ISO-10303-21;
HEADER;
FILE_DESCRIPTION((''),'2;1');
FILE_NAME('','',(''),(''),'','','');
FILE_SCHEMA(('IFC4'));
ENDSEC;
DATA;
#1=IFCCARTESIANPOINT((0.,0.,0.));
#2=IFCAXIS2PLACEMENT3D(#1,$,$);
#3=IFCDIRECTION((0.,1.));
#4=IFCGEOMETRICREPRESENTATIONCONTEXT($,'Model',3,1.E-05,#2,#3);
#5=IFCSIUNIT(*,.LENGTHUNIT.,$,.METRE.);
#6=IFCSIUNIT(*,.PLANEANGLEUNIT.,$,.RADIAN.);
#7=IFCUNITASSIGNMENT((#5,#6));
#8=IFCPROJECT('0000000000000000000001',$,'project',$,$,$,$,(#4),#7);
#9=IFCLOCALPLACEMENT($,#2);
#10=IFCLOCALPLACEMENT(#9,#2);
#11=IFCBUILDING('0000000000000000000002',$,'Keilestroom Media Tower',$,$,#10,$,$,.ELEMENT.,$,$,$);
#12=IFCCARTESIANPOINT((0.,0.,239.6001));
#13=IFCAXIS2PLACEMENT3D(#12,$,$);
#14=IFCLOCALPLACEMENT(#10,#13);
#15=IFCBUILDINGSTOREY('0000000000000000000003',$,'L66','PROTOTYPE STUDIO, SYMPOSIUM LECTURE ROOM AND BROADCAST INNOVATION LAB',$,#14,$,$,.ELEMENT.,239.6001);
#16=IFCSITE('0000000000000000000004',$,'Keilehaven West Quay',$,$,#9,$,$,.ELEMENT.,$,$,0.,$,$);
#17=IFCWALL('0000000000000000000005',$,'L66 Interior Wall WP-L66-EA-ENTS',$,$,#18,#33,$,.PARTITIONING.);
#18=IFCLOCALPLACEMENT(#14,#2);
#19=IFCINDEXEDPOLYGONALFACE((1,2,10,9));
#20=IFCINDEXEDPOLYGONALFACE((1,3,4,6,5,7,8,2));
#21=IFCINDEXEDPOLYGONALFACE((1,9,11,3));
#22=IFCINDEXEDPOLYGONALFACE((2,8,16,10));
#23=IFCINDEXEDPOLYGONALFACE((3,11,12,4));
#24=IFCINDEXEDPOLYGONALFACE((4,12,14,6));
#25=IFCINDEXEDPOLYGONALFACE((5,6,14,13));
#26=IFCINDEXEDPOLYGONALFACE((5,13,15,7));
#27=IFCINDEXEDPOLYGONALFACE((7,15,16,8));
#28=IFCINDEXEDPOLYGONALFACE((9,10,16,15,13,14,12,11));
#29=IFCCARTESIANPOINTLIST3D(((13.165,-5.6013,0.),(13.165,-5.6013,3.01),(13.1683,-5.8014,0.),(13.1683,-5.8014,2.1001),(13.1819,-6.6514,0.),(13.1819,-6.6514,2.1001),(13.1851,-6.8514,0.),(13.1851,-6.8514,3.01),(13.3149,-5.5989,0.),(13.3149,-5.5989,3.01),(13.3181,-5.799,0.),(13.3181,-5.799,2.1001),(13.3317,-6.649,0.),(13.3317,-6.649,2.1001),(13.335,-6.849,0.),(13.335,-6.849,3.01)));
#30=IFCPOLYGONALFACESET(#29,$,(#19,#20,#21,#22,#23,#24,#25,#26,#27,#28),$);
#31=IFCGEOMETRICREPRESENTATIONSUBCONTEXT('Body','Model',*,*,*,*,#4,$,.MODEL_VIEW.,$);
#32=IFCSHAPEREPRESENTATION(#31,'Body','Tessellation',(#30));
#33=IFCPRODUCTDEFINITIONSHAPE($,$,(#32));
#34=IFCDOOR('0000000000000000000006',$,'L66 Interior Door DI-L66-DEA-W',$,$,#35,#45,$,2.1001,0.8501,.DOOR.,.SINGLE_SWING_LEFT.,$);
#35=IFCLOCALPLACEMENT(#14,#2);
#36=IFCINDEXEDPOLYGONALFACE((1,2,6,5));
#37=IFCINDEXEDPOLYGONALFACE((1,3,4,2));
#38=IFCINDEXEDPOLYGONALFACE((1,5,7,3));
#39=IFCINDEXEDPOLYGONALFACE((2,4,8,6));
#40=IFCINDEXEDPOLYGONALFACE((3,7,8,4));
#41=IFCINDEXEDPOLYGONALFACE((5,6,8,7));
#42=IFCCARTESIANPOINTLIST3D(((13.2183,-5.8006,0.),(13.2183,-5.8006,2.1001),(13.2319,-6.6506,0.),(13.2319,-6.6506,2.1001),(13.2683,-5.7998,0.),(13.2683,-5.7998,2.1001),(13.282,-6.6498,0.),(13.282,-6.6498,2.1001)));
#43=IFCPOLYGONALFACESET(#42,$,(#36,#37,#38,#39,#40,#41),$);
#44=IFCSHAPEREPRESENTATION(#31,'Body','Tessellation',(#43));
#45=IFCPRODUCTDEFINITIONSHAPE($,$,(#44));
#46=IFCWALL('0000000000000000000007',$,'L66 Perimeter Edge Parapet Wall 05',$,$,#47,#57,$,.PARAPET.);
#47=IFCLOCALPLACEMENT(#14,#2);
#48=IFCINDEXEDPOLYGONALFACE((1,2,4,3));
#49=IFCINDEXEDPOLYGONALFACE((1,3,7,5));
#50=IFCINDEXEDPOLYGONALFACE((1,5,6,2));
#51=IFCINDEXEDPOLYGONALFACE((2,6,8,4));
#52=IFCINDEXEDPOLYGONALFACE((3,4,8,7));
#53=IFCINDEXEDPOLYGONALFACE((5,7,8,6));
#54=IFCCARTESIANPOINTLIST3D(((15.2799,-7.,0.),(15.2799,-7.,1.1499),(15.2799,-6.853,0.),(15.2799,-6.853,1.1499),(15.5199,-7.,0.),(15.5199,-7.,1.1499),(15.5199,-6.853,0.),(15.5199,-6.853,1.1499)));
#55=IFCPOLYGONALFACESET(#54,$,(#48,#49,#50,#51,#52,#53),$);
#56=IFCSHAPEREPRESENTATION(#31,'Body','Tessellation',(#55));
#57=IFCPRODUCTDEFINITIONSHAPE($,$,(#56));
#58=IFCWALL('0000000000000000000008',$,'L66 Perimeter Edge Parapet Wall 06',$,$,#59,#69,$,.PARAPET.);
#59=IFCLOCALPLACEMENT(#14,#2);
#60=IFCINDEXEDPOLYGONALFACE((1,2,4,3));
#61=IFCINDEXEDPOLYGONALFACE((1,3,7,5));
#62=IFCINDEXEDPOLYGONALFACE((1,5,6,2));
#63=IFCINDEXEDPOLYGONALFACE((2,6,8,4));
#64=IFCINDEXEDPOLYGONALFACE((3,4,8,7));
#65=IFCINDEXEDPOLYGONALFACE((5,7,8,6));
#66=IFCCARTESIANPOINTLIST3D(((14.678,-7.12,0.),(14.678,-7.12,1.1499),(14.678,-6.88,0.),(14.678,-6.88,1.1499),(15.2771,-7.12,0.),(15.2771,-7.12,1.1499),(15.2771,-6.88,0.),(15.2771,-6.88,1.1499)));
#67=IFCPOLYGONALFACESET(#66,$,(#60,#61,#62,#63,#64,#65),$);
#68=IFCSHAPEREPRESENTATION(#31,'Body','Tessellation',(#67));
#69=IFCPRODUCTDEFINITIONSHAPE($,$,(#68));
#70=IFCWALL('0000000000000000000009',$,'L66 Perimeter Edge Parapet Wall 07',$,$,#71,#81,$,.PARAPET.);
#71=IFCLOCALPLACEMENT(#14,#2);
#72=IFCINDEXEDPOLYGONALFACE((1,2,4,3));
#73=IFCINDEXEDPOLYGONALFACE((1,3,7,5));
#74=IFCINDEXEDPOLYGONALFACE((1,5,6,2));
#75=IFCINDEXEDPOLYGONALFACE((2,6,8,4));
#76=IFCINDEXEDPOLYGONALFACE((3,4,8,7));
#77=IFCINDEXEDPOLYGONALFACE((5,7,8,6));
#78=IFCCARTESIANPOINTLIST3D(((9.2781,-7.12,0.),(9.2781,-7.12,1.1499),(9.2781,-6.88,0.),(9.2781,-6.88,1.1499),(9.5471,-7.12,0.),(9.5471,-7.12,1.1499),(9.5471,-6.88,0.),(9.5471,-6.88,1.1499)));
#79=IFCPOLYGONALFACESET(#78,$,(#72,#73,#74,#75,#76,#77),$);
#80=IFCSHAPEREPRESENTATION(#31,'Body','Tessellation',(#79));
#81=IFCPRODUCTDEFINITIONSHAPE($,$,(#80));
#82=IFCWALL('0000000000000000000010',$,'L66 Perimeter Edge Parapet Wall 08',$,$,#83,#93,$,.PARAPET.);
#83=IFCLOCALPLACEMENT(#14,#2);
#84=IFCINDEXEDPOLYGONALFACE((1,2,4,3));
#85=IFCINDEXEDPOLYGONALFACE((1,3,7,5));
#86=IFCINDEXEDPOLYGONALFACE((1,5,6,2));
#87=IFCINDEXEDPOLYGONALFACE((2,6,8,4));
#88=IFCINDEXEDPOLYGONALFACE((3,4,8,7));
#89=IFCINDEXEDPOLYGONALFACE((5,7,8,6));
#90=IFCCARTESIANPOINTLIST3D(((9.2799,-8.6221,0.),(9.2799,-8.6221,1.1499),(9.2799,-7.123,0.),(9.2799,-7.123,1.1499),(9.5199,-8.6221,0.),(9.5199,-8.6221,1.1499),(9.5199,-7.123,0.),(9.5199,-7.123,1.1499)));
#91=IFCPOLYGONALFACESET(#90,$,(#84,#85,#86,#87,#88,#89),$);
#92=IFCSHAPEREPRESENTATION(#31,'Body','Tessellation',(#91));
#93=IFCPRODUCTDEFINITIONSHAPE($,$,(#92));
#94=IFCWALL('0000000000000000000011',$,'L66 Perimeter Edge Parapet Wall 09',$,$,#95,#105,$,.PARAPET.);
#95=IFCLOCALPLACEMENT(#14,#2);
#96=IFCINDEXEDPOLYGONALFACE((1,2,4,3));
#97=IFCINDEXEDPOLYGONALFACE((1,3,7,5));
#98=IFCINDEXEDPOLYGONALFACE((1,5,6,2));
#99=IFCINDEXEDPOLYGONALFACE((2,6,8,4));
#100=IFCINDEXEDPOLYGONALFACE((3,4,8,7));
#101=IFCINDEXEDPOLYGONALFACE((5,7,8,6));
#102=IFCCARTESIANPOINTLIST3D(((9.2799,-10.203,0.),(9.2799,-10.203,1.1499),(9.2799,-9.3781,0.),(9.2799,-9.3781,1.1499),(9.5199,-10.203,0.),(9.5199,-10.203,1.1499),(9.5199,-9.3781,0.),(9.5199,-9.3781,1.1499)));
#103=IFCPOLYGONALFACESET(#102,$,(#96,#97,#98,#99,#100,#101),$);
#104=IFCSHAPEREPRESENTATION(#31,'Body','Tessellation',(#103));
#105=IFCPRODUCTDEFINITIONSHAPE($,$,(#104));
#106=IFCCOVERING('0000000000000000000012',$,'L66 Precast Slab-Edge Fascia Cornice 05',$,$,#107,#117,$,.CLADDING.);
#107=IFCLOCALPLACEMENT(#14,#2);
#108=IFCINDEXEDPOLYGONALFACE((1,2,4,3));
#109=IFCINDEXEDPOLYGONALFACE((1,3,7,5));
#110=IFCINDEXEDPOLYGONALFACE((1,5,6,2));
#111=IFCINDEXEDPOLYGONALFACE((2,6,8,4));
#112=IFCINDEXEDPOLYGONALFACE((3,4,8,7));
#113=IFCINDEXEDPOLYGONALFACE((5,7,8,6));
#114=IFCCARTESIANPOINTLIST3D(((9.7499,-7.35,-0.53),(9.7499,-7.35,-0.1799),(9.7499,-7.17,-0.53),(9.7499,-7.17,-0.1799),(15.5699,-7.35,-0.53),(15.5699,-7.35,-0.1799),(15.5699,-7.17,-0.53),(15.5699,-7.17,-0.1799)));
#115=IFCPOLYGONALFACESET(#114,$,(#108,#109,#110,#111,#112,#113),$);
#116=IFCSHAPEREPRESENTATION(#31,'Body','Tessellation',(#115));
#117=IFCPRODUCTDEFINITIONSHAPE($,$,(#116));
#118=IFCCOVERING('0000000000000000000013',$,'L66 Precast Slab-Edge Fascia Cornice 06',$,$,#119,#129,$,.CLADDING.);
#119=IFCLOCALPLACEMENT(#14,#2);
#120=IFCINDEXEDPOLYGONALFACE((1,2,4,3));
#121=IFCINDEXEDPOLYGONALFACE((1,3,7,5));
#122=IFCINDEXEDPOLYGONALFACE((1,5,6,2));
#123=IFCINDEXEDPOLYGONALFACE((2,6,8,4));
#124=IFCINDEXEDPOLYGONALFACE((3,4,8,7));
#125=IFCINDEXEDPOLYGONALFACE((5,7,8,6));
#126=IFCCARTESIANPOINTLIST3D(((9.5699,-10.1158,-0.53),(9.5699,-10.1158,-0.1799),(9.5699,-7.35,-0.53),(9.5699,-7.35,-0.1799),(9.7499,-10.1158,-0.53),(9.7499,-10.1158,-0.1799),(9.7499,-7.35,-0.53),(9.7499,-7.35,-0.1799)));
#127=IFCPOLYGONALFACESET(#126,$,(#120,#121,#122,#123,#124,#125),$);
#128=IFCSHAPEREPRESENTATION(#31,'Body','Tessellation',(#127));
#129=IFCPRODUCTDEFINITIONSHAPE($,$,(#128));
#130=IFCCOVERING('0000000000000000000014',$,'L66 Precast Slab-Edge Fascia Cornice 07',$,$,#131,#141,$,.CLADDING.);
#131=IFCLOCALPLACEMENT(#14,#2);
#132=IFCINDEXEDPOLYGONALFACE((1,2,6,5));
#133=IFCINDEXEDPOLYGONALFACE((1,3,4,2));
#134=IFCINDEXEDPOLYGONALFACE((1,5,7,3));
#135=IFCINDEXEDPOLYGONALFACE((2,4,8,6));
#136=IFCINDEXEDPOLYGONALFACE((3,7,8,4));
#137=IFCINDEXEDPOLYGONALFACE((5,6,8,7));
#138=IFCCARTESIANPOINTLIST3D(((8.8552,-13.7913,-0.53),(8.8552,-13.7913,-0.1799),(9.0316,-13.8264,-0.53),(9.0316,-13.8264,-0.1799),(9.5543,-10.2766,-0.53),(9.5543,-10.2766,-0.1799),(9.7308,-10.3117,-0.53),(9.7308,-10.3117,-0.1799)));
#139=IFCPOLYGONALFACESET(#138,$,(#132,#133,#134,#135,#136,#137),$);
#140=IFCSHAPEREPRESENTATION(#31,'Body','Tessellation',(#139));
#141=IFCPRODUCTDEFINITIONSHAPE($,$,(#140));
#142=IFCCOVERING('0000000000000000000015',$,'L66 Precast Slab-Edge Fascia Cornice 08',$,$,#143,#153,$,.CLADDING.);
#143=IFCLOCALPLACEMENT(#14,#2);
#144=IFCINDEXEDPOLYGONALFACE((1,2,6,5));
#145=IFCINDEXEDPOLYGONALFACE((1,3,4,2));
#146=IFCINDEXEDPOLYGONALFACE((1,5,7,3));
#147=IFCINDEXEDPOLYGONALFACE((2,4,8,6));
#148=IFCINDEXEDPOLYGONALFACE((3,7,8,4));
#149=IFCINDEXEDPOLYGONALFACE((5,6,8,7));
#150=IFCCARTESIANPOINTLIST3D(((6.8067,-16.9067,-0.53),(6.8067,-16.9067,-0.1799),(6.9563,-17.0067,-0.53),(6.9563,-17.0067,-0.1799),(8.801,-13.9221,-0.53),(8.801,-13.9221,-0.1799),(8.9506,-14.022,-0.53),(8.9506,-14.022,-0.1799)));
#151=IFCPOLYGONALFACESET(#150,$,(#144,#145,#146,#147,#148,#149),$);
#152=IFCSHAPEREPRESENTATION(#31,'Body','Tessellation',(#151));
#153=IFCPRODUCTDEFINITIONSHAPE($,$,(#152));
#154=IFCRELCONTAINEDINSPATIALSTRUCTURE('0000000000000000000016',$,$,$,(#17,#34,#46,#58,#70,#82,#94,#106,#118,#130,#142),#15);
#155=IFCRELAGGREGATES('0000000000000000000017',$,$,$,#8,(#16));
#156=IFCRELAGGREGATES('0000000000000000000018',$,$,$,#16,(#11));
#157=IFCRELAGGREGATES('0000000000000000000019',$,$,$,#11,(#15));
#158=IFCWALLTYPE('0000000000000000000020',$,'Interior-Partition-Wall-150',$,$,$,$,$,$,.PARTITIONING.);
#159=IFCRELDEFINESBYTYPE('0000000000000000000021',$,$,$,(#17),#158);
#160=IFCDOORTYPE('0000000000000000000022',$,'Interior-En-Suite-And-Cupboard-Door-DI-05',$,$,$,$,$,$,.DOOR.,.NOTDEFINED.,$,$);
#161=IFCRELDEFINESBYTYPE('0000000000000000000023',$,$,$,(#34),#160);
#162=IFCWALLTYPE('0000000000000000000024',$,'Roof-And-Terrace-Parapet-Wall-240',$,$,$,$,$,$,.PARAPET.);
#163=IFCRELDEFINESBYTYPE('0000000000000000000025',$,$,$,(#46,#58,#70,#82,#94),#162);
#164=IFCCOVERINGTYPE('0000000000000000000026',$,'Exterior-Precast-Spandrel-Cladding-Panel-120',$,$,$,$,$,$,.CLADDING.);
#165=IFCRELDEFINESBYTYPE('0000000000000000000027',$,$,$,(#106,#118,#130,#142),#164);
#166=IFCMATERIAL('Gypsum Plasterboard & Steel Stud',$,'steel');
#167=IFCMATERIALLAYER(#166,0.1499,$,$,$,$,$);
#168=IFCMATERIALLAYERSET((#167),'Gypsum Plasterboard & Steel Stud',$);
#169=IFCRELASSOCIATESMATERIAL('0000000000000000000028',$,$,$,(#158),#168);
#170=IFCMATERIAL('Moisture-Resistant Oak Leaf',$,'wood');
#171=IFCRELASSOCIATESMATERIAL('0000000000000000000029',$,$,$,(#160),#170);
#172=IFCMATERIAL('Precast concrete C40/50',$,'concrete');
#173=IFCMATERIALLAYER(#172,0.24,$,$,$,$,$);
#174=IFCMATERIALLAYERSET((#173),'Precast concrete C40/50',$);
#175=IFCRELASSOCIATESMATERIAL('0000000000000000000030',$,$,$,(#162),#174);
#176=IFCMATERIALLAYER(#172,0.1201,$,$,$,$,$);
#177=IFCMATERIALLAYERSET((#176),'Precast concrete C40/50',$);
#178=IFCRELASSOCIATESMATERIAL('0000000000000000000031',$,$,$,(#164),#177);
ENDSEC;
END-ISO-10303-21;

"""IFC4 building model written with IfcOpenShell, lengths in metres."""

from ifc_helpers import new_model, si_unit, direction, frame, frame_2d, origin, origin_2d, place, context, subcontext, project, spatial, rectangle, extrude, source, transform, mapped, material, layer, layer_set, type_object, element, fill, save


model = new_model("IFC4")

# Units and contexts
model_context = context("Model", 3, precision=1e-05, world=origin(), true_north=direction((0.0, 1.0)))
body_context = subcontext(model_context, "Body", "Model", "MODEL_VIEW")
ifc_project = project(units=[si_unit("LENGTHUNIT", "METRE"), si_unit("PLANEANGLEUNIT", "RADIAN")], contexts=[model_context])

# Site, building, storey
site_placement = place(None, origin())
site = spatial("IfcSite", under=ifc_project, at=site_placement, Name="Keilehaven West Quay", CompositionType="ELEMENT", RefElevation=0.0)
building_placement = place(site_placement, origin())
building = spatial("IfcBuilding", under=site, at=building_placement, Name="Keilestroom Media Tower", CompositionType="ELEMENT")
storey_placement = place(building_placement, frame((0.0, 0.0, 239.6001)))
storey = spatial("IfcBuildingStorey", under=building, at=storey_placement, Name="L66", Description="PROTOTYPE STUDIO, SYMPOSIUM LECTURE ROOM AND BROADCAST INNOVATION LAB", CompositionType="ELEMENT", Elevation=239.6001)

# Shared definitions
ifc_material_1 = material(Name="Precast concrete C40/50", Category="concrete")

# Shared definitions
ifc_material_2 = material(Name="Gypsum Plasterboard & Steel Stud", Category="steel")

# Shared definitions
ifc_layer_1 = layer(ifc_material_2, 0.1499)
ifc_layer_set_1 = layer_set([ifc_layer_1], Name="Gypsum Plasterboard & Steel Stud")
wall_type_1 = type_object("IfcWallType", Name="Interior-Partition-Wall-150", PredefinedType="PARTITIONING", material=ifc_layer_set_1)

# Wall, opening, door
wall_1_placement = place(storey_placement, frame((13.26, -6.8501, 0.0), z_axis=(0.0, 0.0, 1.0), x_axis=(-0.016014, 0.999872, 0.0)))
wall_1 = element("IfcWall", 1, at=wall_1_placement, inside=storey, type_object=wall_type_1, Name="L66 Interior Wall WP-L66-EA-ENTS", PredefinedType="PARTITIONING", context=body_context, shape_type="SweptSolid", body=[
    extrude(rectangle(XDim=1.2502, YDim=0.1499, at=frame_2d((0.625, 0.0))), origin(), (0.0, 0.0, 1.0), 3.01),
])
opening_1_placement = place(wall_1_placement, frame((0.2, 0.0, 0.0)))
opening_1 = element("IfcOpeningElement", 2, at=opening_1_placement, cuts=wall_1, PredefinedType="OPENING", context=body_context, shape_type="SweptSolid", body=[
    extrude(rectangle(XDim=0.8501, YDim=2.1001, at=frame_2d((0.425, 1.05))), frame((0.0, 0.085, 0.0), z_axis=(0.0, -1.0, 0.0), x_axis=(1.0, 0.0, 0.0)), (0.0, 0.0, 1.0), 0.1699),
])
ifc_material_3 = material(Name="Moisture-Resistant Oak Leaf", Category="wood")
door_type_1 = type_object("IfcDoorType", Name="Interior-En-Suite-And-Cupboard-Door-DI-05", OperationType="NOTDEFINED", PredefinedType="DOOR", material=ifc_material_3)
shared_shape_1 = source(origin(), body_context, "Body", "SweptSolid", [
    extrude(rectangle(XDim=0.8501, YDim=2.1001, at=frame_2d((0.425, 1.05))), frame((0.0, 0.0249, 0.0), z_axis=(0.0, -1.0, 0.0), x_axis=(1.0, 0.0, 0.0)), (0.0, 0.0, 1.0), 0.05),
])
door_1_placement = place(opening_1_placement, origin())
door_1 = element("IfcDoor", 3, at=door_1_placement, inside=storey, type_object=door_type_1, Name="L66 Interior Door DI-L66-DEA-W", OperationType="SINGLE_SWING_LEFT", OverallHeight=2.1001, OverallWidth=0.8501, PredefinedType="DOOR", context=body_context, shape_type="MappedRepresentation", body=[
    mapped(shared_shape_1, transform((0.0, 0.0, 0.0), x_axis=(1.0, 0.0, 0.0), y_axis=(0.0, 1.0, 0.0), z_axis=(0.0, 0.0, 1.0), scale=1.0)),
])
fill(opening_1, door_1)

# Walls
ifc_layer_2 = layer(ifc_material_1, 0.24)
ifc_layer_set_2 = layer_set([ifc_layer_2], Name="Precast concrete C40/50")
wall_type_2 = type_object("IfcWallType", Name="Roof-And-Terrace-Parapet-Wall-240", PredefinedType="PARAPET", material=ifc_layer_set_2)
wall_2_placement = place(storey_placement, frame((15.3999, -6.853, 0.0), z_axis=(0.0, 0.0, 1.0), x_axis=(0.0, -1.0, 0.0)))
element("IfcWall", 4, at=wall_2_placement, inside=storey, type_object=wall_type_2, Name="L66 Perimeter Edge Parapet Wall 05", PredefinedType="PARAPET", context=body_context, shape_type="SweptSolid", body=[
    extrude(rectangle(XDim=0.147, YDim=0.24, at=frame_2d((0.0735, 0.0))), origin(), (0.0, 0.0, 1.0), 1.1499),
])
wall_3_placement = place(storey_placement, frame((15.2771, -7.0, 0.0), z_axis=(0.0, 0.0, 1.0), x_axis=(-1.0, 0.0, 0.0)))
element("IfcWall", 5, at=wall_3_placement, inside=storey, type_object=wall_type_2, Name="L66 Perimeter Edge Parapet Wall 06", PredefinedType="PARAPET", context=body_context, shape_type="SweptSolid", body=[
    extrude(rectangle(XDim=0.5991, YDim=0.24, at=frame_2d((0.2996, 0.0))), origin(), (0.0, 0.0, 1.0), 1.1499),
])
wall_4_placement = place(storey_placement, frame((9.5471, -7.0, 0.0), z_axis=(0.0, 0.0, 1.0), x_axis=(-1.0, 0.0, 0.0)))
element("IfcWall", 6, at=wall_4_placement, inside=storey, type_object=wall_type_2, Name="L66 Perimeter Edge Parapet Wall 07", PredefinedType="PARAPET", context=body_context, shape_type="SweptSolid", body=[
    extrude(rectangle(XDim=0.269, YDim=0.24, at=frame_2d((0.1345, 0.0))), origin(), (0.0, 0.0, 1.0), 1.1499),
])
wall_5_placement = place(storey_placement, frame((9.3999, -7.123, 0.0), z_axis=(0.0, 0.0, 1.0), x_axis=(0.0, -1.0, 0.0)))
element("IfcWall", 7, at=wall_5_placement, inside=storey, type_object=wall_type_2, Name="L66 Perimeter Edge Parapet Wall 08", PredefinedType="PARAPET", context=body_context, shape_type="SweptSolid", body=[
    extrude(rectangle(XDim=1.499, YDim=0.24, at=frame_2d((0.7495, 0.0))), origin(), (0.0, 0.0, 1.0), 1.1499),
])
wall_6_placement = place(storey_placement, frame((9.3999, -9.3779, 0.0), z_axis=(0.0, 0.0, 1.0), x_axis=(0.0, -1.0, 0.0)))
element("IfcWall", 8, at=wall_6_placement, inside=storey, type_object=wall_type_2, Name="L66 Perimeter Edge Parapet Wall 09", PredefinedType="PARAPET", context=body_context, shape_type="SweptSolid", body=[
    extrude(rectangle(XDim=0.825, YDim=0.24, at=frame_2d((0.4126, 0.0))), origin(), (0.0, 0.0, 1.0), 1.1499),
])

# Coverings
ifc_layer_3 = layer(ifc_material_1, 0.1201)
ifc_layer_set_3 = layer_set([ifc_layer_3], Name="Precast concrete C40/50")
covering_type = type_object("IfcCoveringType", Name="Exterior-Precast-Spandrel-Cladding-Panel-120", PredefinedType="CLADDING", material=ifc_layer_set_3)
shared_shape_2 = source(origin(), body_context, "Body", "SweptSolid", [
    extrude(rectangle(XDim=5.8201, YDim=0.1799, at=origin_2d()), origin(), (0.0, 0.0, 1.0), 0.3501),
])
covering_1_placement = place(storey_placement, frame((12.6599, -7.26, -0.53), z_axis=(0.0, 0.0, 1.0), x_axis=(-1.0, 0.0, 0.0)))
element("IfcCovering", 9, at=covering_1_placement, inside=storey, type_object=covering_type, Name="L66 Precast Slab-Edge Fascia Cornice 05", PredefinedType="CLADDING", context=body_context, shape_type="MappedRepresentation", body=[
    mapped(shared_shape_2, transform((0.0, 0.0, 0.0), x_axis=(1.0, 0.0, 0.0), y_axis=(0.0, 1.0, 0.0), z_axis=(0.0, 0.0, 1.0), scale=1.0)),
])
shared_shape_3 = source(origin(), body_context, "Body", "SweptSolid", [
    extrude(rectangle(XDim=2.7659, YDim=0.1799, at=origin_2d()), origin(), (0.0, 0.0, 1.0), 0.3501),
])
covering_2_placement = place(storey_placement, frame((9.6599, -8.7329, -0.53), z_axis=(0.0, 0.0, 1.0), x_axis=(0.0, -1.0, 0.0)))
element("IfcCovering", 10, at=covering_2_placement, inside=storey, type_object=covering_type, Name="L66 Precast Slab-Edge Fascia Cornice 06", PredefinedType="CLADDING", context=body_context, shape_type="MappedRepresentation", body=[
    mapped(shared_shape_3, transform((0.0, 0.0, 0.0), x_axis=(1.0, 0.0, 0.0), y_axis=(0.0, 1.0, 0.0), z_axis=(0.0, 0.0, 1.0), scale=1.0)),
])
shared_shape_4 = source(origin(), body_context, "Body", "SweptSolid", [
    extrude(rectangle(XDim=3.5835, YDim=0.1799, at=origin_2d()), origin(), (0.0, 0.0, 1.0), 0.3501),
])
covering_3_placement = place(storey_placement, frame((9.293, -12.0515, -0.53), z_axis=(0.0, 0.0, 1.0), x_axis=(-0.195099, -0.980784, 0.0)))
element("IfcCovering", 11, at=covering_3_placement, inside=storey, type_object=covering_type, Name="L66 Precast Slab-Edge Fascia Cornice 07", PredefinedType="CLADDING", context=body_context, shape_type="MappedRepresentation", body=[
    mapped(shared_shape_4, transform((0.0, 0.0, 0.0), x_axis=(1.0, 0.0, 0.0), y_axis=(0.0, 1.0, 0.0), z_axis=(0.0, 0.0, 1.0), scale=1.0)),
])
shared_shape_5 = source(origin(), body_context, "Body", "SweptSolid", [
    extrude(rectangle(XDim=3.5896, YDim=0.1799, at=origin_2d()), origin(), (0.0, 0.0, 1.0), 0.3501),
])
covering_4_placement = place(storey_placement, frame((7.8787, -15.4644, -0.53), z_axis=(0.0, 0.0, 1.0), x_axis=(-0.555575, -0.831467, 0.0)))
element("IfcCovering", 12, at=covering_4_placement, inside=storey, type_object=covering_type, Name="L66 Precast Slab-Edge Fascia Cornice 08", PredefinedType="CLADDING", context=body_context, shape_type="MappedRepresentation", body=[
    mapped(shared_shape_5, transform((0.0, 0.0, 0.0), x_axis=(1.0, 0.0, 0.0), y_axis=(0.0, 1.0, 0.0), z_axis=(0.0, 0.0, 1.0), scale=1.0)),
])

save(model, "model.ifc")
